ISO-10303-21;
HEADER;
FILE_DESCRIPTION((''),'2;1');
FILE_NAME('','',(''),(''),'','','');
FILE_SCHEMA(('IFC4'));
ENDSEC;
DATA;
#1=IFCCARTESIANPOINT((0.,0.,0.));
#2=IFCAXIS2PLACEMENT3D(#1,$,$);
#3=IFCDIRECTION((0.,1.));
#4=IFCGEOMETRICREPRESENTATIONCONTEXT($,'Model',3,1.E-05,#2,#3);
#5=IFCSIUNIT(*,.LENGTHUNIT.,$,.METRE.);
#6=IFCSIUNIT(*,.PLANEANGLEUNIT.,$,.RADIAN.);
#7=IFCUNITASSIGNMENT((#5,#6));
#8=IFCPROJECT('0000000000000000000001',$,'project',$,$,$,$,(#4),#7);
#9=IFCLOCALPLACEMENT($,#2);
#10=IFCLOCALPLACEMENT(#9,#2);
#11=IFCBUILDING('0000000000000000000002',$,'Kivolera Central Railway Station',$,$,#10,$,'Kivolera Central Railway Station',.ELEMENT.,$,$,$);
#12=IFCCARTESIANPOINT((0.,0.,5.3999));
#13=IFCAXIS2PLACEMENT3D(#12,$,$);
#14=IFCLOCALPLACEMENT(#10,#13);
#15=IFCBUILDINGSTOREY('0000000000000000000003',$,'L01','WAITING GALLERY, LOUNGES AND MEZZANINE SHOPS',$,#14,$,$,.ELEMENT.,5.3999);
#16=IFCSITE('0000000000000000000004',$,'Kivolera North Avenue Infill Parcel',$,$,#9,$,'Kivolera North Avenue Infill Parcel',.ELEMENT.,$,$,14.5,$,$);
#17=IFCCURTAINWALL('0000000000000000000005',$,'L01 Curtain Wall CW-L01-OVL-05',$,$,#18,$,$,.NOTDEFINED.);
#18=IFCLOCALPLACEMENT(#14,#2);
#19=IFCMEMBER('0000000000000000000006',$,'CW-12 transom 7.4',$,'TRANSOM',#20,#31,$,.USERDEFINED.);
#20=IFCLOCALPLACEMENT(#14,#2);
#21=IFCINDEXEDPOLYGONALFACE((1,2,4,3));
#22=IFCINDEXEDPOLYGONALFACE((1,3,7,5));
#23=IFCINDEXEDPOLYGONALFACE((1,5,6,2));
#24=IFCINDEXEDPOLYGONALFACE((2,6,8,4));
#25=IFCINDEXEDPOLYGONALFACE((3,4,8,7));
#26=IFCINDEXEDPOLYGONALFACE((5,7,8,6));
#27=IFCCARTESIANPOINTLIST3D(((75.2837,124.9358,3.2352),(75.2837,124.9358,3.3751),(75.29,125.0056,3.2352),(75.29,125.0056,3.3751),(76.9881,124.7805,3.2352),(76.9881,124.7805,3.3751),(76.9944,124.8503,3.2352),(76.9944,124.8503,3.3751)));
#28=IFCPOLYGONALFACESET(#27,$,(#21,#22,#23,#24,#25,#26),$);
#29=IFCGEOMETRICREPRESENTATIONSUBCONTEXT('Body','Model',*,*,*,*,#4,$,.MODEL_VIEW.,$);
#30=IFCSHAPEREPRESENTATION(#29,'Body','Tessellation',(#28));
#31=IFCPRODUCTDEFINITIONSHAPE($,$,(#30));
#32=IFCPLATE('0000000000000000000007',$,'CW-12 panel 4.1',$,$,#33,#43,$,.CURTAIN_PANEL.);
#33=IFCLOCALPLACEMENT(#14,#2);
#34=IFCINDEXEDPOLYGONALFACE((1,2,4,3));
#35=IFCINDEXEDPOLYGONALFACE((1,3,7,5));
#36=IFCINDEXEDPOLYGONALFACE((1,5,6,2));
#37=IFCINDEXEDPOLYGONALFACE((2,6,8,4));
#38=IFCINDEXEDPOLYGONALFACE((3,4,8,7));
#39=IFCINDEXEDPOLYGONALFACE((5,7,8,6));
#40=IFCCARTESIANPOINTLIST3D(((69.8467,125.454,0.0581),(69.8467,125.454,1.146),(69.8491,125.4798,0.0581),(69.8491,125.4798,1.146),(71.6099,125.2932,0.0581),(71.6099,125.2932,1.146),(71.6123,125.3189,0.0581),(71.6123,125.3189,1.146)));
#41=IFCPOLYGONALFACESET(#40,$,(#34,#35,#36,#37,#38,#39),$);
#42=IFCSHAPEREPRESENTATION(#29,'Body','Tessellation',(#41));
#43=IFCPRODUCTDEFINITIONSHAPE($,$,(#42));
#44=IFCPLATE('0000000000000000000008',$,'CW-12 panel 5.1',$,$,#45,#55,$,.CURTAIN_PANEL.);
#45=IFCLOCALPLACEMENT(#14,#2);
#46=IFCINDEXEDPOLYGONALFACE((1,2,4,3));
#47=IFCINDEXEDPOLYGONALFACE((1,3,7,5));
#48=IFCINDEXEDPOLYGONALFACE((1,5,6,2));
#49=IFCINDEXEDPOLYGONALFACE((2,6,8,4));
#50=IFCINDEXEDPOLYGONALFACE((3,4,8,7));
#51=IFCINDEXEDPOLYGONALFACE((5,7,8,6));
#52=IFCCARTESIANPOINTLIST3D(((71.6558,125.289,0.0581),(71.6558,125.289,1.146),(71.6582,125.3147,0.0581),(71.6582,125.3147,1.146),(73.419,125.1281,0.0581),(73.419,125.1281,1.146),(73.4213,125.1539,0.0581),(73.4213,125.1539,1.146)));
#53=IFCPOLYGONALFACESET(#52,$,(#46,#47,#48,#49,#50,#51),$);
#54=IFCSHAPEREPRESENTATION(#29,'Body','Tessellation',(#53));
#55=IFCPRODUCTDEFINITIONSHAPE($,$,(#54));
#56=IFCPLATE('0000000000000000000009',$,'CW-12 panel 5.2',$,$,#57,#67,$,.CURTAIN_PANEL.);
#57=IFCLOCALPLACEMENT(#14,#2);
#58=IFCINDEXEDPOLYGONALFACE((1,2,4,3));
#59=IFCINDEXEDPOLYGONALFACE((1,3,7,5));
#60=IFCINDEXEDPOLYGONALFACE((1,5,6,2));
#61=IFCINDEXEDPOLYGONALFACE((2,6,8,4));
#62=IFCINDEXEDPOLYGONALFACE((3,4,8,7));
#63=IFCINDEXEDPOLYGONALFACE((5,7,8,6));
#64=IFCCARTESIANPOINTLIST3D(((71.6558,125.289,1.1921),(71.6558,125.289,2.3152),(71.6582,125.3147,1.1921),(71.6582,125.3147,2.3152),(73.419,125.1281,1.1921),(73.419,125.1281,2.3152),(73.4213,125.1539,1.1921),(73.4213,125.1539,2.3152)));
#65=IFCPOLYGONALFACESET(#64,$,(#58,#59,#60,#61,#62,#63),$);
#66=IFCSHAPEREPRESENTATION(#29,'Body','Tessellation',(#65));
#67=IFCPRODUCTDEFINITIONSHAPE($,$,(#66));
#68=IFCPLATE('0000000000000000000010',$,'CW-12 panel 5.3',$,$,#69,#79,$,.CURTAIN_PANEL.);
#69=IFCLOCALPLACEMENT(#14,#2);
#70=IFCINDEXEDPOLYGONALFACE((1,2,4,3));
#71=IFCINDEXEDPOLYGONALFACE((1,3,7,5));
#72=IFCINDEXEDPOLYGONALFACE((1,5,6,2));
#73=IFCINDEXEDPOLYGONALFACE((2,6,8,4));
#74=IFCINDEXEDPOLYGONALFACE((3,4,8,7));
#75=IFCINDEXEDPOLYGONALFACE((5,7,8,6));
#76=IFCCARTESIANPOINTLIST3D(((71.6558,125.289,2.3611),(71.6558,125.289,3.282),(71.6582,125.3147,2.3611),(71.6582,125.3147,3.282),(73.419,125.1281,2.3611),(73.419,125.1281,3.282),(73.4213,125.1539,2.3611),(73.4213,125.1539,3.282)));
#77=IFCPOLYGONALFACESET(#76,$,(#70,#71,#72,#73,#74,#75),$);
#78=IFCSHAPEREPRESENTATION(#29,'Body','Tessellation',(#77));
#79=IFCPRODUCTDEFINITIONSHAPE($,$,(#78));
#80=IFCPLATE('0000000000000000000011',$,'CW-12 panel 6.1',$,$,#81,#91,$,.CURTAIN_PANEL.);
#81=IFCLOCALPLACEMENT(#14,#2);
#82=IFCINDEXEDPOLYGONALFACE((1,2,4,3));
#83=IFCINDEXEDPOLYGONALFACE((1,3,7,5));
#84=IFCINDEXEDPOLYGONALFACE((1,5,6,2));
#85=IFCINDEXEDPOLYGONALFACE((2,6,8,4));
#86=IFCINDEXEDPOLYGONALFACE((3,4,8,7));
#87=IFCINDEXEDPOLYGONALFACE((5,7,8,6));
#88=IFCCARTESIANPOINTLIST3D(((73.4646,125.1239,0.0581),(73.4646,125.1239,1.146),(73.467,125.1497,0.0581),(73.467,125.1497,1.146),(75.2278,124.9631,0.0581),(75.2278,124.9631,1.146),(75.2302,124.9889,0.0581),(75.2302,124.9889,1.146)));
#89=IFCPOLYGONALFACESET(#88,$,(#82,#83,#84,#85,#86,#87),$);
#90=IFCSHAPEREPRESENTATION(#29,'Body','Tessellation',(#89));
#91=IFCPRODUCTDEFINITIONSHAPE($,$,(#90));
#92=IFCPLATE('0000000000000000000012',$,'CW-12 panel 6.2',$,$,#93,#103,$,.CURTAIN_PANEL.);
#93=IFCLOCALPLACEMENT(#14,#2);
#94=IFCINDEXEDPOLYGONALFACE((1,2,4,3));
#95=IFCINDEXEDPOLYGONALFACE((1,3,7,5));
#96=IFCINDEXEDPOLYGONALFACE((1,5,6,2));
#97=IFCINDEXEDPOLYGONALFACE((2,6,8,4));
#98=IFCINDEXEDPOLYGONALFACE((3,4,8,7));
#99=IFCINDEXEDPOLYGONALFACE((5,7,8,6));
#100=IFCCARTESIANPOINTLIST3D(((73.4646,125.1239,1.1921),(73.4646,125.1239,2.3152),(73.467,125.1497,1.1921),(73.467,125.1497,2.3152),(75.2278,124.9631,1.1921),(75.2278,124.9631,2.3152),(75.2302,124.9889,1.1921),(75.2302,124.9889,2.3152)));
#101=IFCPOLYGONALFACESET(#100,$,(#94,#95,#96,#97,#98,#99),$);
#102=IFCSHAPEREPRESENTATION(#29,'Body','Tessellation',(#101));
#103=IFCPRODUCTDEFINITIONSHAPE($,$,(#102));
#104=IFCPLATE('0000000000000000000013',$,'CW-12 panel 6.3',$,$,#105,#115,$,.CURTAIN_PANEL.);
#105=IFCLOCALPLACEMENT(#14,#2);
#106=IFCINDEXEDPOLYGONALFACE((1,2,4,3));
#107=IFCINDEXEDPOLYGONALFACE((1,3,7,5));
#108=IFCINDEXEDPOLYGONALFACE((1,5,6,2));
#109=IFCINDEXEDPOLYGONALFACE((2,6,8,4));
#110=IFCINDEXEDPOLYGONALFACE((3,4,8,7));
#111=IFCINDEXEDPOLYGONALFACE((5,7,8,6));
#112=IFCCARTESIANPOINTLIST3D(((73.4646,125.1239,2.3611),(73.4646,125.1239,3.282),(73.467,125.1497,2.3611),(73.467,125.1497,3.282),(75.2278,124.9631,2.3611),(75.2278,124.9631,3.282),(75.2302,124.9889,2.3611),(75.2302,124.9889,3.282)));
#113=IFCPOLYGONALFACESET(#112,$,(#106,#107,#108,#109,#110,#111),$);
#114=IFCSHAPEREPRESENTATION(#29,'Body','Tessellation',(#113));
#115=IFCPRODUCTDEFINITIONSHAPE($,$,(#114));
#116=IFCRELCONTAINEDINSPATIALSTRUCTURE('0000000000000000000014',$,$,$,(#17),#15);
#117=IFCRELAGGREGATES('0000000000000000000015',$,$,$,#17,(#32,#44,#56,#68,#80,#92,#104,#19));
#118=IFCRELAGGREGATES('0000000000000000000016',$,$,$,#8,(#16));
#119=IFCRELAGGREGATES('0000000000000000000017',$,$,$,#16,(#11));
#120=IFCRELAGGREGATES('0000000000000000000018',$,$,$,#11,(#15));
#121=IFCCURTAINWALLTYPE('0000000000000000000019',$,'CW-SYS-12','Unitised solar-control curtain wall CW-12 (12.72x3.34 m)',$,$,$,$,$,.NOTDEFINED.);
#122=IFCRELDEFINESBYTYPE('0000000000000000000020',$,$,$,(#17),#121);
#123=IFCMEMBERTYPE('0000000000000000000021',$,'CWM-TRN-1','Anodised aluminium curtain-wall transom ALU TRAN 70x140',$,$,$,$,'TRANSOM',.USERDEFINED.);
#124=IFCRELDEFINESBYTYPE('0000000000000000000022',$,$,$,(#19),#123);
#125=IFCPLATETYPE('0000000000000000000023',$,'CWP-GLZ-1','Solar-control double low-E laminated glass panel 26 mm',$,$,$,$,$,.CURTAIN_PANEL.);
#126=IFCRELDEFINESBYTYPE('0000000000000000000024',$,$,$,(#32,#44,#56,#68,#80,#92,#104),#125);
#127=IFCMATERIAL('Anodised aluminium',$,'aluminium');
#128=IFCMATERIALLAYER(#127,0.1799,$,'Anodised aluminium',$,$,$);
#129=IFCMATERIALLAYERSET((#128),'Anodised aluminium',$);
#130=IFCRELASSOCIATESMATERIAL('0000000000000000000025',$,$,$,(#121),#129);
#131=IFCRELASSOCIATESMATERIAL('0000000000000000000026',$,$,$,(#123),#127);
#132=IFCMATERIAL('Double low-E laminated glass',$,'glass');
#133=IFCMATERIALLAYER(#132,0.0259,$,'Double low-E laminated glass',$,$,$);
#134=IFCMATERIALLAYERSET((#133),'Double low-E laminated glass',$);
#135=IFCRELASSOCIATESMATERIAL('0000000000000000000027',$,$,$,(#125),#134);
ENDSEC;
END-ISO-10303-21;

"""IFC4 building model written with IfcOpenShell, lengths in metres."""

from ifc_helpers import new_model, si_unit, direction, frame, origin, origin_2d, place, context, subcontext, project, spatial, rectangle, extrude, material, layer, layer_set, material_profile, profile_set, type_object, element, aggregate, save


model = new_model("IFC4")

# Units and contexts
model_context = context("Model", 3, precision=1e-05, world=origin(), true_north=direction((0.0, 1.0)))
body_context = subcontext(model_context, "Body", "Model", "MODEL_VIEW")
ifc_project = project(units=[si_unit("LENGTHUNIT", "METRE"), si_unit("PLANEANGLEUNIT", "RADIAN")], contexts=[model_context])

# Site, building, storey
site_placement = place(None, origin())
site = spatial("IfcSite", under=ifc_project, at=site_placement, Name="Kivolera North Avenue Infill Parcel", LongName="Kivolera North Avenue Infill Parcel", CompositionType="ELEMENT", RefElevation=14.5)
building_placement = place(site_placement, origin())
building = spatial("IfcBuilding", under=site, at=building_placement, Name="Kivolera Central Railway Station", LongName="Kivolera Central Railway Station", CompositionType="ELEMENT")
storey_placement = place(building_placement, frame((0.0, 0.0, 5.3999)))
storey = spatial("IfcBuildingStorey", under=building, at=storey_placement, Name="L01", Description="WAITING GALLERY, LOUNGES AND MEZZANINE SHOPS", CompositionType="ELEMENT", Elevation=5.3999)

# Curtain wall, member, plates
ifc_material_1 = material(Name="Anodised aluminium", Category="aluminium")
ifc_layer_1 = layer(ifc_material_1, 0.1799, Name="Anodised aluminium")
ifc_layer_set_1 = layer_set([ifc_layer_1], Name="Anodised aluminium")
curtain_wall_type = type_object("IfcCurtainWallType", Name="CW-SYS-12", Description="Unitised solar-control curtain wall CW-12 (12.72x3.34 m)", PredefinedType="NOTDEFINED", material=ifc_layer_set_1)
curtain_wall_placement = place(storey_placement, origin())
curtain_wall = element("IfcCurtainWall", 1, at=curtain_wall_placement, inside=storey, type_object=curtain_wall_type, Name="L01 Curtain Wall CW-L01-OVL-05", PredefinedType="NOTDEFINED")
ifc_material_profile_1 = material_profile(ifc_material_1, rectangle(XDim=0.0701, YDim=0.1399, at=origin_2d()), Name="ALU TRAN 70x140")
ifc_profile_set_1 = profile_set([ifc_material_profile_1], Name="Anodised aluminium")
member_type_1 = type_object("IfcMemberType", Name="CWM-TRN-1", Description="Anodised aluminium curtain-wall transom ALU TRAN 70x140", ElementType="TRANSOM", PredefinedType="USERDEFINED", material=ifc_profile_set_1)
member_1_placement = place(storey_placement, frame((75.2869, 124.9707, 3.3052), z_axis=(0.995876, -0.090729, 0.0), x_axis=(0.090729, 0.995876, 0.0)))
member_1 = element("IfcMember", 2, at=member_1_placement, type_object=member_type_1, Name="CW-12 transom 7.4", ObjectType="TRANSOM", PredefinedType="USERDEFINED", context=body_context, shape_type="SweptSolid", body=[
    extrude(rectangle(XDim=0.0701, YDim=0.1399, at=origin_2d()), origin(), (0.0, 0.0, 1.0), 1.7114),
])
ifc_material_2 = material(Name="Double low-E laminated glass", Category="glass")
ifc_layer_2 = layer(ifc_material_2, 0.0259, Name="Double low-E laminated glass")
ifc_layer_set_2 = layer_set([ifc_layer_2], Name="Double low-E laminated glass")
plate_type = type_object("IfcPlateType", Name="CWP-GLZ-1", Description="Solar-control double low-E laminated glass panel 26 mm", PredefinedType="CURTAIN_PANEL", material=ifc_layer_set_2)
plate_1_placement = place(storey_placement, frame((70.7295, 125.3865, 0.0581), z_axis=(0.0, 0.0, 1.0), x_axis=(0.995866, -0.090834, 0.0)))
plate_1 = element("IfcPlate", 3, at=plate_1_placement, type_object=plate_type, Name="CW-12 panel 4.1", PredefinedType="CURTAIN_PANEL", context=body_context, shape_type="SweptSolid", body=[
    extrude(rectangle(XDim=1.7705, YDim=0.0259, at=origin_2d()), origin(), (0.0, 0.0, 1.0), 1.0879),
])
plate_2_placement = place(storey_placement, frame((72.5386, 125.2214, 0.0581), z_axis=(0.0, 0.0, 1.0), x_axis=(0.995866, -0.090834, 0.0)))
plate_2 = element("IfcPlate", 4, at=plate_2_placement, type_object=plate_type, Name="CW-12 panel 5.1", PredefinedType="CURTAIN_PANEL", context=body_context, shape_type="SweptSolid", body=[
    extrude(rectangle(XDim=1.7705, YDim=0.0259, at=origin_2d()), origin(), (0.0, 0.0, 1.0), 1.0879),
])
plate_3_placement = place(storey_placement, frame((72.5386, 125.2214, 1.1921), z_axis=(0.0, 0.0, 1.0), x_axis=(0.995866, -0.090834, 0.0)))
plate_3 = element("IfcPlate", 5, at=plate_3_placement, type_object=plate_type, Name="CW-12 panel 5.2", PredefinedType="CURTAIN_PANEL", context=body_context, shape_type="SweptSolid", body=[
    extrude(rectangle(XDim=1.7705, YDim=0.0259, at=origin_2d()), origin(), (0.0, 0.0, 1.0), 1.123),
])
plate_4_placement = place(storey_placement, frame((72.5386, 125.2214, 2.3611), z_axis=(0.0, 0.0, 1.0), x_axis=(0.995866, -0.090834, 0.0)))
plate_4 = element("IfcPlate", 6, at=plate_4_placement, type_object=plate_type, Name="CW-12 panel 5.3", PredefinedType="CURTAIN_PANEL", context=body_context, shape_type="SweptSolid", body=[
    extrude(rectangle(XDim=1.7705, YDim=0.0259, at=origin_2d()), origin(), (0.0, 0.0, 1.0), 0.9209),
])
plate_5_placement = place(storey_placement, frame((74.3474, 125.0564, 0.0581), z_axis=(0.0, 0.0, 1.0), x_axis=(0.995866, -0.090834, 0.0)))
plate_5 = element("IfcPlate", 7, at=plate_5_placement, type_object=plate_type, Name="CW-12 panel 6.1", PredefinedType="CURTAIN_PANEL", context=body_context, shape_type="SweptSolid", body=[
    extrude(rectangle(XDim=1.7705, YDim=0.0259, at=origin_2d()), origin(), (0.0, 0.0, 1.0), 1.0879),
])
plate_6_placement = place(storey_placement, frame((74.3474, 125.0564, 1.1921), z_axis=(0.0, 0.0, 1.0), x_axis=(0.995866, -0.090834, 0.0)))
plate_6 = element("IfcPlate", 8, at=plate_6_placement, type_object=plate_type, Name="CW-12 panel 6.2", PredefinedType="CURTAIN_PANEL", context=body_context, shape_type="SweptSolid", body=[
    extrude(rectangle(XDim=1.7705, YDim=0.0259, at=origin_2d()), origin(), (0.0, 0.0, 1.0), 1.123),
])
plate_7_placement = place(storey_placement, frame((74.3474, 125.0564, 2.3611), z_axis=(0.0, 0.0, 1.0), x_axis=(0.995866, -0.090834, 0.0)))
plate_7 = element("IfcPlate", 9, at=plate_7_placement, type_object=plate_type, Name="CW-12 panel 6.3", PredefinedType="CURTAIN_PANEL", context=body_context, shape_type="SweptSolid", body=[
    extrude(rectangle(XDim=1.7705, YDim=0.0259, at=origin_2d()), origin(), (0.0, 0.0, 1.0), 0.9209),
])
aggregate(curtain_wall, [plate_1, plate_2, plate_3, plate_4, plate_5, plate_6, plate_7, member_1])

save(model, "model.ifc")
